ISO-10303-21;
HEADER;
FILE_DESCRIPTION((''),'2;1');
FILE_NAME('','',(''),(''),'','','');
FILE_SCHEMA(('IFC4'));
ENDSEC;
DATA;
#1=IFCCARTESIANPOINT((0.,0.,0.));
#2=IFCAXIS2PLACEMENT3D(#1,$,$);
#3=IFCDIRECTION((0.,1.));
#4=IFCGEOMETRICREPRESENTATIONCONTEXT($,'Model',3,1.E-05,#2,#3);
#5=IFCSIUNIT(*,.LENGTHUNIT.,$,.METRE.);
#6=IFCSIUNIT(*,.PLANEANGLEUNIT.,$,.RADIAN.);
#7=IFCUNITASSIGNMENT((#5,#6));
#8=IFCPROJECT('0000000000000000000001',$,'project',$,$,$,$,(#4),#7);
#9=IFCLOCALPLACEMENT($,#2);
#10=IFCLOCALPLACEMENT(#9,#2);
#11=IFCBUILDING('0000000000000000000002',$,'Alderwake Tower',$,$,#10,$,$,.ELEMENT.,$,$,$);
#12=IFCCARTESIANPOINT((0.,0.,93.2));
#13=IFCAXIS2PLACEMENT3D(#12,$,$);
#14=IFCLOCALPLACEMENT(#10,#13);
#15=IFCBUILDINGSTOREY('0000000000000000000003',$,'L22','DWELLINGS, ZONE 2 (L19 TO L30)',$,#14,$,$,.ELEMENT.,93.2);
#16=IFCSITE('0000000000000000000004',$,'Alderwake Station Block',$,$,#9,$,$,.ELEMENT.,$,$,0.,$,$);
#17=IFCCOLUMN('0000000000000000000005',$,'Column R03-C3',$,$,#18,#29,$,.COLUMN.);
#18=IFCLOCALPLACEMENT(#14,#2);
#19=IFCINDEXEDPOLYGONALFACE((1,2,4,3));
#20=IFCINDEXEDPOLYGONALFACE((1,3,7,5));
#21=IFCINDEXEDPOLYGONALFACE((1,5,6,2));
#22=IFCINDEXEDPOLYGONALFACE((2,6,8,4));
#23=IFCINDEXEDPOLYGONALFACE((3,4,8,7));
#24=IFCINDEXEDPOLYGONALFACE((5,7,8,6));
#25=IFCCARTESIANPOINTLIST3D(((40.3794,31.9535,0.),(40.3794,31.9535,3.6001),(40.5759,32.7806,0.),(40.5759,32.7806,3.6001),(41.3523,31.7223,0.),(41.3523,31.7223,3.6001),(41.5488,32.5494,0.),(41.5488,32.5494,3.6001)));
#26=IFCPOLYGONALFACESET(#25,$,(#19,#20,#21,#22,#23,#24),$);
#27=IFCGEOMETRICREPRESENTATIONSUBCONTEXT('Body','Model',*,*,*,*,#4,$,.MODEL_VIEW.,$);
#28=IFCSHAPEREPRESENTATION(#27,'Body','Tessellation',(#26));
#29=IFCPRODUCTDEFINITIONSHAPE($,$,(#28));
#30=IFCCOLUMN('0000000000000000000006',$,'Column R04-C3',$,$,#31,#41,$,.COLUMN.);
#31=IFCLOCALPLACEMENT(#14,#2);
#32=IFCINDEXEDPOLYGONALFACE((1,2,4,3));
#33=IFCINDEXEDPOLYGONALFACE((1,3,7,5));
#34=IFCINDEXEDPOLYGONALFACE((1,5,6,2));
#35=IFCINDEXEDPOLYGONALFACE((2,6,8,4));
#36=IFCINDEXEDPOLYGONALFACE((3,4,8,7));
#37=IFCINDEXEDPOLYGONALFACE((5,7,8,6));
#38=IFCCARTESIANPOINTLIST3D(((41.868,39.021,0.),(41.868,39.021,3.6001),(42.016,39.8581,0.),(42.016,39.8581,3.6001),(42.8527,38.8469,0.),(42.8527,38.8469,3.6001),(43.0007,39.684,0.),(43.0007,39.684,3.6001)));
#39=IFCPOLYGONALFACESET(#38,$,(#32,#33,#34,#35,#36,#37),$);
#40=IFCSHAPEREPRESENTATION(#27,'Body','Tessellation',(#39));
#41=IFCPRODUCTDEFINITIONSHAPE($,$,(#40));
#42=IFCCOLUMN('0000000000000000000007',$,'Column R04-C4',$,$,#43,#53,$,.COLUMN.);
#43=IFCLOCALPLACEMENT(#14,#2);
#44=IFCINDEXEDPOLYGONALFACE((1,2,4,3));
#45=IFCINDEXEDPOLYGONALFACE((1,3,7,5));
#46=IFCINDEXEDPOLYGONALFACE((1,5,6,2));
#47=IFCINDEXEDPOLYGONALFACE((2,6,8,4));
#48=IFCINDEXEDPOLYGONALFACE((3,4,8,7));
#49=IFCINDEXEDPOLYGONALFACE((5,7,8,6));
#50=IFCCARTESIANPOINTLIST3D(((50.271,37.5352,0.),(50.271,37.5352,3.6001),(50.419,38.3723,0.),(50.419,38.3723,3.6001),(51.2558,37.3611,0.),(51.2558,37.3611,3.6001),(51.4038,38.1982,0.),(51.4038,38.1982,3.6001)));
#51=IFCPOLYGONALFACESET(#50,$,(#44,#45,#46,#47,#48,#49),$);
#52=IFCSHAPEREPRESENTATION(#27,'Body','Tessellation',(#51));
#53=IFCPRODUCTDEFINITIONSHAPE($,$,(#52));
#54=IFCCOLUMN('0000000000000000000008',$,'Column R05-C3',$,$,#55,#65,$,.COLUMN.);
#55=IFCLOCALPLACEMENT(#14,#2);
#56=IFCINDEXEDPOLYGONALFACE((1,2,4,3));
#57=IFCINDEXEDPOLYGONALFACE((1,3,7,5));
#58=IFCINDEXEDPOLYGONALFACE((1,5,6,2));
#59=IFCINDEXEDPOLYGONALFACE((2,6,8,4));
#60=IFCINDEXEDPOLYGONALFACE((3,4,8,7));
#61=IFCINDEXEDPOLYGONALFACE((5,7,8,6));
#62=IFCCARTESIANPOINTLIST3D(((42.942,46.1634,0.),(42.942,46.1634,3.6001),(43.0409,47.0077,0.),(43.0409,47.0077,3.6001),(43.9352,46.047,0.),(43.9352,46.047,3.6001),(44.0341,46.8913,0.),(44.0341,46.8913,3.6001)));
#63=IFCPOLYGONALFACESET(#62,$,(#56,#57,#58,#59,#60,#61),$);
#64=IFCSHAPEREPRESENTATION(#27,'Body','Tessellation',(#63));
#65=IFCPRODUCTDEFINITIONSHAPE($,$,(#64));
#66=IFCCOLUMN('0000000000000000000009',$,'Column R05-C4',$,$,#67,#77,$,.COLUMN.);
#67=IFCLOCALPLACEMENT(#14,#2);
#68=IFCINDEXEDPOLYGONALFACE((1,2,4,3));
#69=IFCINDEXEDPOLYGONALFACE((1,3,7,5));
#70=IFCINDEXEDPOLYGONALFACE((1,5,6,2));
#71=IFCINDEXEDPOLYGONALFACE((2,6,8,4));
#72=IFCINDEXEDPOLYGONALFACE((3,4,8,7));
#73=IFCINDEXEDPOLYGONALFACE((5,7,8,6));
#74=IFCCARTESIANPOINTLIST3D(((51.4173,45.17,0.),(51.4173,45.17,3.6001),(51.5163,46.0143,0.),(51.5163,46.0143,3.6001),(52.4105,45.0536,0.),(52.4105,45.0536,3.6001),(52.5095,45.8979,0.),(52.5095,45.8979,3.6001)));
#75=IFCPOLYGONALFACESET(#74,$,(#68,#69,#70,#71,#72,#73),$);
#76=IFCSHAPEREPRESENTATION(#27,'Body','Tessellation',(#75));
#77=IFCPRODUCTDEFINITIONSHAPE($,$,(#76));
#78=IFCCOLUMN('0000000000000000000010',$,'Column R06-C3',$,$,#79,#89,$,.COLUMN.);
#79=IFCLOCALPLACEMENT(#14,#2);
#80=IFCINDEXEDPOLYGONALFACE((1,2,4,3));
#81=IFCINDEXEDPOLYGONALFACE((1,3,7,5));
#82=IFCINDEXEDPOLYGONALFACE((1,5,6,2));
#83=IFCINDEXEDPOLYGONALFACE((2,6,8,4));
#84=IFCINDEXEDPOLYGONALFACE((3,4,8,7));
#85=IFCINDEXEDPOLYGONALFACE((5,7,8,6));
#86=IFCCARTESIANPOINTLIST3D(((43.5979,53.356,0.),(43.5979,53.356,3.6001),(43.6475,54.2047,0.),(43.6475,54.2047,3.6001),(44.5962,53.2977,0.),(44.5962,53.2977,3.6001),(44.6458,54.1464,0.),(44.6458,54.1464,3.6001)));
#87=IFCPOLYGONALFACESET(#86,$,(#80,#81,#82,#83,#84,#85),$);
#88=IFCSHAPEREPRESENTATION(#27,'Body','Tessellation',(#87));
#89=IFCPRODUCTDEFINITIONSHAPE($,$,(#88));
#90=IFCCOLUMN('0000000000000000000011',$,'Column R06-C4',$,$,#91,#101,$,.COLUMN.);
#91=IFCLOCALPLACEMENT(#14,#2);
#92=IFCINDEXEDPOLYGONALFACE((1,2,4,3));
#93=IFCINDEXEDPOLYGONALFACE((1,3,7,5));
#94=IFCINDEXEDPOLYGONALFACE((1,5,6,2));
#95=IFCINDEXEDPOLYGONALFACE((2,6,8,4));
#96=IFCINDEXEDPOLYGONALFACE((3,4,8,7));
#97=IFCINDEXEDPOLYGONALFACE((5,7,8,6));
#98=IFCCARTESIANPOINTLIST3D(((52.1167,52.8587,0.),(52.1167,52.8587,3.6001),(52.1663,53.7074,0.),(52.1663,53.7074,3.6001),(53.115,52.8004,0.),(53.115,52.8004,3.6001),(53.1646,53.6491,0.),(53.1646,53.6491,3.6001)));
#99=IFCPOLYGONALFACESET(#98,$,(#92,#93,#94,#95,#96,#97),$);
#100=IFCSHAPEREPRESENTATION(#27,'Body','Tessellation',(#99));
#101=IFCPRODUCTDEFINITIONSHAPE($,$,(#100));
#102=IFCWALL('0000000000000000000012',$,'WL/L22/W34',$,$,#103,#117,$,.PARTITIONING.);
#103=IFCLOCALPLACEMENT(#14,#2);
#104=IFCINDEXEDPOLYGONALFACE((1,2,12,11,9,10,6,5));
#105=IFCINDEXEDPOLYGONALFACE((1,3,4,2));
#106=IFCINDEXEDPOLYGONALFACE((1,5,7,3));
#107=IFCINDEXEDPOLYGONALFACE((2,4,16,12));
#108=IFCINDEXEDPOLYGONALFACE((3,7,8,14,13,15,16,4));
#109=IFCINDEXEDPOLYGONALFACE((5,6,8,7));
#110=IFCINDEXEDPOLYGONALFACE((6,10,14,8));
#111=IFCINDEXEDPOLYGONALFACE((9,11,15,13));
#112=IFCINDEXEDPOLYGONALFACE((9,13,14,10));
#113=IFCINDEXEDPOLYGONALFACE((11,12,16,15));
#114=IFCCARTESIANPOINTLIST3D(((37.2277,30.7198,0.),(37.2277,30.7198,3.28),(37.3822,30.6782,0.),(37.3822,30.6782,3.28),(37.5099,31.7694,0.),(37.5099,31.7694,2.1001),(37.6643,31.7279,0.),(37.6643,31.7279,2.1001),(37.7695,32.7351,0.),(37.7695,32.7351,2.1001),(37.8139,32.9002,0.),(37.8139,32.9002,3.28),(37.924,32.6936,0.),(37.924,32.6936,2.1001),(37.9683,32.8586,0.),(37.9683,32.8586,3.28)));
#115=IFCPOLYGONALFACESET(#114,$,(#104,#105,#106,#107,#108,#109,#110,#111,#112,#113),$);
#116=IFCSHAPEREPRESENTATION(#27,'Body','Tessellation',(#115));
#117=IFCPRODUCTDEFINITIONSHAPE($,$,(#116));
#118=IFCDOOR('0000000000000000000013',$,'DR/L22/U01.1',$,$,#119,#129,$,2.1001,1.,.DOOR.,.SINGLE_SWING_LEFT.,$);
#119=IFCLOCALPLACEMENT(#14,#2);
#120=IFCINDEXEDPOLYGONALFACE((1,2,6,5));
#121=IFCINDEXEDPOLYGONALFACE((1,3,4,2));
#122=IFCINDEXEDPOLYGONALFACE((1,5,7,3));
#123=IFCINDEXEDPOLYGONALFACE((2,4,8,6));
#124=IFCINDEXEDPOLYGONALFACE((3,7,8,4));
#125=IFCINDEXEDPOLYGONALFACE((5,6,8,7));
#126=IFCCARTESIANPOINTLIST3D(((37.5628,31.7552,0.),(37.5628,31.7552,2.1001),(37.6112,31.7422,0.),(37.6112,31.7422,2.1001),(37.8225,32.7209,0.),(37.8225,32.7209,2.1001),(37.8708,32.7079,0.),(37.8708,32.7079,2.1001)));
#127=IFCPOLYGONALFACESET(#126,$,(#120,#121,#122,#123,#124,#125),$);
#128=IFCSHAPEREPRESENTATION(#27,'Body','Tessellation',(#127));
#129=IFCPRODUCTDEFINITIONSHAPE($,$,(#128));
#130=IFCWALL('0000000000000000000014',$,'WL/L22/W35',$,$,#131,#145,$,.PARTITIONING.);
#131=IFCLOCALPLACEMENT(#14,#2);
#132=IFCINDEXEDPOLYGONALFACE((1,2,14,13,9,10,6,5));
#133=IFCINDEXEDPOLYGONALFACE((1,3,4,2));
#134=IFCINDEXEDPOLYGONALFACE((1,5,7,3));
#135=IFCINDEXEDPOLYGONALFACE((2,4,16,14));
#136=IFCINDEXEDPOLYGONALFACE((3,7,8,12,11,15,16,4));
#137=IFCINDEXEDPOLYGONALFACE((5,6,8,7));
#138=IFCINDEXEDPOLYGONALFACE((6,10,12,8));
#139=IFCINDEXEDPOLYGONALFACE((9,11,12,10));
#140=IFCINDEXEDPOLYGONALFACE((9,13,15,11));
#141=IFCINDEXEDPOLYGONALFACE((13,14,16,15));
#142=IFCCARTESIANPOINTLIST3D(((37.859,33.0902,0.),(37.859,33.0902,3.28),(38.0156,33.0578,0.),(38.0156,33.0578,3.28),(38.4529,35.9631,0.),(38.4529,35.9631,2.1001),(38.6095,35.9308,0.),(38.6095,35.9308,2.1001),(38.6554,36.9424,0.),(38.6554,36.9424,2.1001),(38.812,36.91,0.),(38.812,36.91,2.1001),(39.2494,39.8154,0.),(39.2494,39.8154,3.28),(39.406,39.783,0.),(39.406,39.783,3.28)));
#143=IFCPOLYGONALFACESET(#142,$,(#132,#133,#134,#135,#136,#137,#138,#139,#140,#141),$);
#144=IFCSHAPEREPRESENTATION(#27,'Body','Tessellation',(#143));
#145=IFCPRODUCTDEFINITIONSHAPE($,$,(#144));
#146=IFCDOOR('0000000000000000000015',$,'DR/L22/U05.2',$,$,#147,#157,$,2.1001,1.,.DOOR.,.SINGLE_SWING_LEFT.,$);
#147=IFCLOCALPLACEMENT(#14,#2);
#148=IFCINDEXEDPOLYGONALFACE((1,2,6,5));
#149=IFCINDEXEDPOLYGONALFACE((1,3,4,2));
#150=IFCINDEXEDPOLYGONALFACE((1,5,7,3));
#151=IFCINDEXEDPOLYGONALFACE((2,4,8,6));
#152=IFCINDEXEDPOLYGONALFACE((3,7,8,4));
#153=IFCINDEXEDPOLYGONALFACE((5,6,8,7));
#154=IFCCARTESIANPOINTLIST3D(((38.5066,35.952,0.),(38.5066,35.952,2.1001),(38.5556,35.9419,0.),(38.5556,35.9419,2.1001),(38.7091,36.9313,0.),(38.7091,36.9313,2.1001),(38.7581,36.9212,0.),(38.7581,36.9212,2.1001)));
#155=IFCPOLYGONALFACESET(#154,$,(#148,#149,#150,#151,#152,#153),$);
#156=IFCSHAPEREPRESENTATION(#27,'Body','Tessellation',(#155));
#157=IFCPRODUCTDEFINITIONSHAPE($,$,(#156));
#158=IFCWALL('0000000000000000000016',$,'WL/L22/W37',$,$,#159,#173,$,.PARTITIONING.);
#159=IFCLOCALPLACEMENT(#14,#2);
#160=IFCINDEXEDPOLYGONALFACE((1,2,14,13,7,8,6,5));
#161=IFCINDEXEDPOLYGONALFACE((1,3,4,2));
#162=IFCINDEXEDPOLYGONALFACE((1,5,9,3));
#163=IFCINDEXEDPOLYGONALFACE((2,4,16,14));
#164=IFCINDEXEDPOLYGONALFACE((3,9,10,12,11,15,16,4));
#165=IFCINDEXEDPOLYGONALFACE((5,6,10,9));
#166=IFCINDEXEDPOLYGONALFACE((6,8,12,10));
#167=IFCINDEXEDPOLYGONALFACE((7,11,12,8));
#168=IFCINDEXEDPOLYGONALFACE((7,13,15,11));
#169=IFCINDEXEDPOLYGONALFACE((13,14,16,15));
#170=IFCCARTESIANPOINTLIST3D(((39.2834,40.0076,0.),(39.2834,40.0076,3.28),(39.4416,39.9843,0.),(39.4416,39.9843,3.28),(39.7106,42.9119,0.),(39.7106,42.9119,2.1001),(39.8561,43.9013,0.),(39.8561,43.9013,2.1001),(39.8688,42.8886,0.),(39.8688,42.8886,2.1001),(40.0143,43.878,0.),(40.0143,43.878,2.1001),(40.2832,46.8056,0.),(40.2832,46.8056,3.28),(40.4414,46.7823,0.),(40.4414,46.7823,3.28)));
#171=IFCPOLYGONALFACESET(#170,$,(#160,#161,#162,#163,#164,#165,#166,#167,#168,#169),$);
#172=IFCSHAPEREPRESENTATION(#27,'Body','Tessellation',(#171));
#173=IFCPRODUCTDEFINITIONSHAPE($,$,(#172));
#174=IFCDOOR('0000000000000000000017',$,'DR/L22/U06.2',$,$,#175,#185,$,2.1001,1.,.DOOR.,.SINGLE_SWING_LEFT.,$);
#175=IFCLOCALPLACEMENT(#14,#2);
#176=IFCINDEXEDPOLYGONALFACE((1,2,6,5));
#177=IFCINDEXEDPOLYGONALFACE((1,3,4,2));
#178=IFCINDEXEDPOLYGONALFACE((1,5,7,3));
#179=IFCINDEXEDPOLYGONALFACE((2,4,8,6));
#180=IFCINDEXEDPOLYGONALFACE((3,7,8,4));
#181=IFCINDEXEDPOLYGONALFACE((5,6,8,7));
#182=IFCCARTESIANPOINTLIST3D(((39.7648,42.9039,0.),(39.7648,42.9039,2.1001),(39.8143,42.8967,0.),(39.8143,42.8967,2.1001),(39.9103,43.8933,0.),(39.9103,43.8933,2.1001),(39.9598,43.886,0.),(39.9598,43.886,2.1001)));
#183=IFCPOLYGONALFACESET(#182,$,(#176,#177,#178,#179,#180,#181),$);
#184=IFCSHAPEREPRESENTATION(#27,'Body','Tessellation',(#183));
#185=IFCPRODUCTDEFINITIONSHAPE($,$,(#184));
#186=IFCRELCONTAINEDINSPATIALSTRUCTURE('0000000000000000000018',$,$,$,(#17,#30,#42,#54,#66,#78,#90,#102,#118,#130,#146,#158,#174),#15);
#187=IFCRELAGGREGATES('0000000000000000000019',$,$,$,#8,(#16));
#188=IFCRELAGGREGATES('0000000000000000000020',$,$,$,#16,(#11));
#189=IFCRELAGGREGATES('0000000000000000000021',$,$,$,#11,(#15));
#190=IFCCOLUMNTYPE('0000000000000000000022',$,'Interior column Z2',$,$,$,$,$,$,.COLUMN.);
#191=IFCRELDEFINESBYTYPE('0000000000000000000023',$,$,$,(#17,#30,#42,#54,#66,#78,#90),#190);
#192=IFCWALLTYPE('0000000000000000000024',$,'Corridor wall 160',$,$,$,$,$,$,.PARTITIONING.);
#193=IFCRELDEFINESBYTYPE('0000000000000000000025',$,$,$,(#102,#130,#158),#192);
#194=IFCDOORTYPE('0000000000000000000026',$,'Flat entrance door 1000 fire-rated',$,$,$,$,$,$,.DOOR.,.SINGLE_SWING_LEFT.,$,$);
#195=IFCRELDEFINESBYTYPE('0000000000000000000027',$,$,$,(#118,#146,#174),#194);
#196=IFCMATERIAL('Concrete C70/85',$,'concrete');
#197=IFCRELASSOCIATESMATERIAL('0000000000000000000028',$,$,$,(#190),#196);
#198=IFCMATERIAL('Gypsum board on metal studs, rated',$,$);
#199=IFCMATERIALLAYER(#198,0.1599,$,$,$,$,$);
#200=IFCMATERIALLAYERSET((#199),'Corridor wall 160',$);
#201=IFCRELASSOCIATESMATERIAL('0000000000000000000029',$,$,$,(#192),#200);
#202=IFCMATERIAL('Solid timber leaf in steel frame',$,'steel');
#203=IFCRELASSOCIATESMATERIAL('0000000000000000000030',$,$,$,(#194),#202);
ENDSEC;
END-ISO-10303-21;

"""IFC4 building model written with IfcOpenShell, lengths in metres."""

from ifc_helpers import new_model, si_unit, direction, frame, frame_2d, origin, origin_2d, place, context, subcontext, project, spatial, rectangle, extrude, material, layer, layer_set, material_profile, profile_set, type_object, element, fill, save


model = new_model("IFC4")

# Units and contexts
model_context = context("Model", 3, precision=1e-05, world=origin(), true_north=direction((0.0, 1.0)))
body_context = subcontext(model_context, "Body", "Model", "MODEL_VIEW")
ifc_project = project(units=[si_unit("LENGTHUNIT", "METRE"), si_unit("PLANEANGLEUNIT", "RADIAN")], contexts=[model_context])

# Site, building, storey
site_placement = place(None, origin())
site = spatial("IfcSite", under=ifc_project, at=site_placement, Name="Alderwake Station Block", CompositionType="ELEMENT", RefElevation=0.0)
building_placement = place(site_placement, origin())
building = spatial("IfcBuilding", under=site, at=building_placement, Name="Alderwake Tower", CompositionType="ELEMENT")
storey_placement = place(building_placement, frame((0.0, 0.0, 93.2)))
storey = spatial("IfcBuildingStorey", under=building, at=storey_placement, Name="L22", Description="DWELLINGS, ZONE 2 (L19 TO L30)", CompositionType="ELEMENT", Elevation=93.2)

# Columns
ifc_material_1 = material(Name="Concrete C70/85", Category="concrete")
ifc_material_profile = material_profile(ifc_material_1, rectangle(XDim=0.8501, YDim=1.0, at=origin_2d()), Name="RC 1000X850")
ifc_profile_set = profile_set([ifc_material_profile], Name="Concrete C70/85")
column_type = type_object("IfcColumnType", Name="Interior column Z2", PredefinedType="COLUMN", material=ifc_profile_set)
for number, where, z_axis, x_axis, name in (
    (1, (40.9641, 32.2515, 0.0), (0.0, 0.0, 1.0), (0.231222, 0.972901, 0.0), "Column R03-C3"),
    (2, (42.4343, 39.3525, 0.0), (0.0, 0.0, 1.0), (0.174107, 0.984727, 0.0), "Column R04-C3"),
    (3, (50.8374, 37.8667, 0.0), (0.0, 0.0, 1.0), (0.174109, 0.984726, 0.0), "Column R04-C4"),
    (4, (43.488, 46.5273, 0.0), (0.0, 0.0, 1.0), (0.116402, 0.993202, 0.0), "Column R05-C3"),
    (5, (51.9634, 45.5339, 0.0), (0.0, 0.0, 1.0), (0.116402, 0.993202, 0.0), "Column R05-C4"),
    (6, (44.1218, 53.7512, 0.0), (0.0, 0.0, 1.0), (0.058301, 0.998299, 0.0), "Column R06-C3"),
    (7, (52.6406, 53.2539, 0.0), (0.0, 0.0, 1.0), (0.058301, 0.998299, 0.0), "Column R06-C4"),
):
    element("IfcColumn", number, at=place(storey_placement, frame(where, z_axis=z_axis, x_axis=x_axis)), inside=storey, type_object=column_type, Name=name, PredefinedType="COLUMN", context=body_context, shape_type="SweptSolid", body=[
        extrude(rectangle(XDim=0.8501, YDim=1.0, at=origin_2d()), origin(), (0.0, 0.0, 1.0), 3.6001),
    ])

# Walls, openings, doors
ifc_material_2 = material(Name="Gypsum board on metal studs, rated")
ifc_layer_1 = layer(ifc_material_2, 0.1599)
ifc_layer_set_1 = layer_set([ifc_layer_1], Name="Corridor wall 160")
wall_type_1 = type_object("IfcWallType", Name="Corridor wall 160", PredefinedType="PARTITIONING", material=ifc_layer_set_1)
wall_1_placement = place(storey_placement, frame((37.8911, 32.8794, 0.0), z_axis=(0.0, 0.0, 1.0), x_axis=(-0.259621, -0.965711, 0.0)))
wall_1 = element("IfcWall", 8, at=wall_1_placement, inside=storey, type_object=wall_type_1, Name="WL/L22/W34", PredefinedType="PARTITIONING", context=body_context, shape_type="SweptSolid", body=[
    extrude(rectangle(XDim=2.2578, YDim=0.1599, at=frame_2d((1.1289, 0.0))), origin(), (0.0, 0.0, 1.0), 3.28),
])
opening_1_placement = place(wall_1_placement, frame((0.1709, 0.0, 0.0)))
opening_1 = element("IfcOpeningElement", 9, at=opening_1_placement, cuts=wall_1, PredefinedType="OPENING", context=body_context, shape_type="SweptSolid", body=[
    extrude(rectangle(XDim=1.0, YDim=2.1001, at=frame_2d((0.5, 1.05))), frame((0.0, 0.0898, 0.0), z_axis=(0.0, -1.0, 0.0), x_axis=(1.0, 0.0, 0.0)), (0.0, 0.0, 1.0), 0.1799),
])
ifc_material_3 = material(Name="Solid timber leaf in steel frame", Category="steel")
door_type_1 = type_object("IfcDoorType", Name="Flat entrance door 1000 fire-rated", OperationType="SINGLE_SWING_LEFT", PredefinedType="DOOR", material=ifc_material_3)
door_1_placement = place(opening_1_placement, origin())
door_1 = element("IfcDoor", 10, at=door_1_placement, inside=storey, type_object=door_type_1, Name="DR/L22/U01.1", OperationType="SINGLE_SWING_LEFT", OverallHeight=2.1001, OverallWidth=1.0, PredefinedType="DOOR", context=body_context, shape_type="SweptSolid", body=[
    extrude(rectangle(XDim=1.0, YDim=2.1001, at=frame_2d((0.5, 1.05))), frame((0.0, 0.0249, 0.0), z_axis=(0.0, -1.0, 0.0), x_axis=(1.0, 0.0, 0.0)), (0.0, 0.0, 1.0), 0.05),
])
fill(opening_1, door_1)
wall_2_placement = place(storey_placement, frame((39.3276, 39.7991, 0.0), z_axis=(0.0, 0.0, 1.0), x_axis=(-0.202463, -0.97929, 0.0)))
wall_2 = element("IfcWall", 11, at=wall_2_placement, inside=storey, type_object=wall_type_1, Name="WL/L22/W35", PredefinedType="PARTITIONING", context=body_context, shape_type="SweptSolid", body=[
    extrude(rectangle(XDim=6.8674, YDim=0.1599, at=frame_2d((3.4336, 0.0))), origin(), (0.0, 0.0, 1.0), 3.28),
])
opening_2_placement = place(wall_2_placement, frame((2.9336, 0.0, 0.0)))
opening_2 = element("IfcOpeningElement", 12, at=opening_2_placement, cuts=wall_2, PredefinedType="OPENING", context=body_context, shape_type="SweptSolid", body=[
    extrude(rectangle(XDim=1.0, YDim=2.1001, at=frame_2d((0.5, 1.05))), frame((0.0, 0.0898, 0.0), z_axis=(0.0, -1.0, 0.0), x_axis=(1.0, 0.0, 0.0)), (0.0, 0.0, 1.0), 0.1799),
])
door_2_placement = place(opening_2_placement, origin())
door_2 = element("IfcDoor", 13, at=door_2_placement, inside=storey, type_object=door_type_1, Name="DR/L22/U05.2", OperationType="SINGLE_SWING_LEFT", OverallHeight=2.1001, OverallWidth=1.0, PredefinedType="DOOR", context=body_context, shape_type="SweptSolid", body=[
    extrude(rectangle(XDim=1.0, YDim=2.1001, at=frame_2d((0.5, 1.05))), frame((0.0, 0.0249, 0.0), z_axis=(0.0, -1.0, 0.0), x_axis=(1.0, 0.0, 0.0)), (0.0, 0.0, 1.0), 0.05),
])
fill(opening_2, door_2)
wall_3_placement = place(storey_placement, frame((40.3623, 46.7939, 0.0), z_axis=(0.0, 0.0, 1.0), x_axis=(-0.145504, -0.989358, 0.0)))
wall_3 = element("IfcWall", 14, at=wall_3_placement, inside=storey, type_object=wall_type_1, Name="WL/L22/W37", PredefinedType="PARTITIONING", context=body_context, shape_type="SweptSolid", body=[
    extrude(rectangle(XDim=6.8711, YDim=0.1599, at=frame_2d((3.4355, 0.0))), origin(), (0.0, 0.0, 1.0), 3.28),
])
opening_3_placement = place(wall_3_placement, frame((2.9355, 0.0, 0.0)))
opening_3 = element("IfcOpeningElement", 15, at=opening_3_placement, cuts=wall_3, PredefinedType="OPENING", context=body_context, shape_type="SweptSolid", body=[
    extrude(rectangle(XDim=1.0, YDim=2.1001, at=frame_2d((0.5, 1.05))), frame((0.0, 0.0898, 0.0), z_axis=(0.0, -1.0, 0.0), x_axis=(1.0, 0.0, 0.0)), (0.0, 0.0, 1.0), 0.1799),
])
door_3_placement = place(opening_3_placement, origin())
door_3 = element("IfcDoor", 16, at=door_3_placement, inside=storey, type_object=door_type_1, Name="DR/L22/U06.2", OperationType="SINGLE_SWING_LEFT", OverallHeight=2.1001, OverallWidth=1.0, PredefinedType="DOOR", context=body_context, shape_type="SweptSolid", body=[
    extrude(rectangle(XDim=1.0, YDim=2.1001, at=frame_2d((0.5, 1.05))), frame((0.0, 0.0249, 0.0), z_axis=(0.0, -1.0, 0.0), x_axis=(1.0, 0.0, 0.0)), (0.0, 0.0, 1.0), 0.05),
])
fill(opening_3, door_3)

save(model, "model.ifc")
